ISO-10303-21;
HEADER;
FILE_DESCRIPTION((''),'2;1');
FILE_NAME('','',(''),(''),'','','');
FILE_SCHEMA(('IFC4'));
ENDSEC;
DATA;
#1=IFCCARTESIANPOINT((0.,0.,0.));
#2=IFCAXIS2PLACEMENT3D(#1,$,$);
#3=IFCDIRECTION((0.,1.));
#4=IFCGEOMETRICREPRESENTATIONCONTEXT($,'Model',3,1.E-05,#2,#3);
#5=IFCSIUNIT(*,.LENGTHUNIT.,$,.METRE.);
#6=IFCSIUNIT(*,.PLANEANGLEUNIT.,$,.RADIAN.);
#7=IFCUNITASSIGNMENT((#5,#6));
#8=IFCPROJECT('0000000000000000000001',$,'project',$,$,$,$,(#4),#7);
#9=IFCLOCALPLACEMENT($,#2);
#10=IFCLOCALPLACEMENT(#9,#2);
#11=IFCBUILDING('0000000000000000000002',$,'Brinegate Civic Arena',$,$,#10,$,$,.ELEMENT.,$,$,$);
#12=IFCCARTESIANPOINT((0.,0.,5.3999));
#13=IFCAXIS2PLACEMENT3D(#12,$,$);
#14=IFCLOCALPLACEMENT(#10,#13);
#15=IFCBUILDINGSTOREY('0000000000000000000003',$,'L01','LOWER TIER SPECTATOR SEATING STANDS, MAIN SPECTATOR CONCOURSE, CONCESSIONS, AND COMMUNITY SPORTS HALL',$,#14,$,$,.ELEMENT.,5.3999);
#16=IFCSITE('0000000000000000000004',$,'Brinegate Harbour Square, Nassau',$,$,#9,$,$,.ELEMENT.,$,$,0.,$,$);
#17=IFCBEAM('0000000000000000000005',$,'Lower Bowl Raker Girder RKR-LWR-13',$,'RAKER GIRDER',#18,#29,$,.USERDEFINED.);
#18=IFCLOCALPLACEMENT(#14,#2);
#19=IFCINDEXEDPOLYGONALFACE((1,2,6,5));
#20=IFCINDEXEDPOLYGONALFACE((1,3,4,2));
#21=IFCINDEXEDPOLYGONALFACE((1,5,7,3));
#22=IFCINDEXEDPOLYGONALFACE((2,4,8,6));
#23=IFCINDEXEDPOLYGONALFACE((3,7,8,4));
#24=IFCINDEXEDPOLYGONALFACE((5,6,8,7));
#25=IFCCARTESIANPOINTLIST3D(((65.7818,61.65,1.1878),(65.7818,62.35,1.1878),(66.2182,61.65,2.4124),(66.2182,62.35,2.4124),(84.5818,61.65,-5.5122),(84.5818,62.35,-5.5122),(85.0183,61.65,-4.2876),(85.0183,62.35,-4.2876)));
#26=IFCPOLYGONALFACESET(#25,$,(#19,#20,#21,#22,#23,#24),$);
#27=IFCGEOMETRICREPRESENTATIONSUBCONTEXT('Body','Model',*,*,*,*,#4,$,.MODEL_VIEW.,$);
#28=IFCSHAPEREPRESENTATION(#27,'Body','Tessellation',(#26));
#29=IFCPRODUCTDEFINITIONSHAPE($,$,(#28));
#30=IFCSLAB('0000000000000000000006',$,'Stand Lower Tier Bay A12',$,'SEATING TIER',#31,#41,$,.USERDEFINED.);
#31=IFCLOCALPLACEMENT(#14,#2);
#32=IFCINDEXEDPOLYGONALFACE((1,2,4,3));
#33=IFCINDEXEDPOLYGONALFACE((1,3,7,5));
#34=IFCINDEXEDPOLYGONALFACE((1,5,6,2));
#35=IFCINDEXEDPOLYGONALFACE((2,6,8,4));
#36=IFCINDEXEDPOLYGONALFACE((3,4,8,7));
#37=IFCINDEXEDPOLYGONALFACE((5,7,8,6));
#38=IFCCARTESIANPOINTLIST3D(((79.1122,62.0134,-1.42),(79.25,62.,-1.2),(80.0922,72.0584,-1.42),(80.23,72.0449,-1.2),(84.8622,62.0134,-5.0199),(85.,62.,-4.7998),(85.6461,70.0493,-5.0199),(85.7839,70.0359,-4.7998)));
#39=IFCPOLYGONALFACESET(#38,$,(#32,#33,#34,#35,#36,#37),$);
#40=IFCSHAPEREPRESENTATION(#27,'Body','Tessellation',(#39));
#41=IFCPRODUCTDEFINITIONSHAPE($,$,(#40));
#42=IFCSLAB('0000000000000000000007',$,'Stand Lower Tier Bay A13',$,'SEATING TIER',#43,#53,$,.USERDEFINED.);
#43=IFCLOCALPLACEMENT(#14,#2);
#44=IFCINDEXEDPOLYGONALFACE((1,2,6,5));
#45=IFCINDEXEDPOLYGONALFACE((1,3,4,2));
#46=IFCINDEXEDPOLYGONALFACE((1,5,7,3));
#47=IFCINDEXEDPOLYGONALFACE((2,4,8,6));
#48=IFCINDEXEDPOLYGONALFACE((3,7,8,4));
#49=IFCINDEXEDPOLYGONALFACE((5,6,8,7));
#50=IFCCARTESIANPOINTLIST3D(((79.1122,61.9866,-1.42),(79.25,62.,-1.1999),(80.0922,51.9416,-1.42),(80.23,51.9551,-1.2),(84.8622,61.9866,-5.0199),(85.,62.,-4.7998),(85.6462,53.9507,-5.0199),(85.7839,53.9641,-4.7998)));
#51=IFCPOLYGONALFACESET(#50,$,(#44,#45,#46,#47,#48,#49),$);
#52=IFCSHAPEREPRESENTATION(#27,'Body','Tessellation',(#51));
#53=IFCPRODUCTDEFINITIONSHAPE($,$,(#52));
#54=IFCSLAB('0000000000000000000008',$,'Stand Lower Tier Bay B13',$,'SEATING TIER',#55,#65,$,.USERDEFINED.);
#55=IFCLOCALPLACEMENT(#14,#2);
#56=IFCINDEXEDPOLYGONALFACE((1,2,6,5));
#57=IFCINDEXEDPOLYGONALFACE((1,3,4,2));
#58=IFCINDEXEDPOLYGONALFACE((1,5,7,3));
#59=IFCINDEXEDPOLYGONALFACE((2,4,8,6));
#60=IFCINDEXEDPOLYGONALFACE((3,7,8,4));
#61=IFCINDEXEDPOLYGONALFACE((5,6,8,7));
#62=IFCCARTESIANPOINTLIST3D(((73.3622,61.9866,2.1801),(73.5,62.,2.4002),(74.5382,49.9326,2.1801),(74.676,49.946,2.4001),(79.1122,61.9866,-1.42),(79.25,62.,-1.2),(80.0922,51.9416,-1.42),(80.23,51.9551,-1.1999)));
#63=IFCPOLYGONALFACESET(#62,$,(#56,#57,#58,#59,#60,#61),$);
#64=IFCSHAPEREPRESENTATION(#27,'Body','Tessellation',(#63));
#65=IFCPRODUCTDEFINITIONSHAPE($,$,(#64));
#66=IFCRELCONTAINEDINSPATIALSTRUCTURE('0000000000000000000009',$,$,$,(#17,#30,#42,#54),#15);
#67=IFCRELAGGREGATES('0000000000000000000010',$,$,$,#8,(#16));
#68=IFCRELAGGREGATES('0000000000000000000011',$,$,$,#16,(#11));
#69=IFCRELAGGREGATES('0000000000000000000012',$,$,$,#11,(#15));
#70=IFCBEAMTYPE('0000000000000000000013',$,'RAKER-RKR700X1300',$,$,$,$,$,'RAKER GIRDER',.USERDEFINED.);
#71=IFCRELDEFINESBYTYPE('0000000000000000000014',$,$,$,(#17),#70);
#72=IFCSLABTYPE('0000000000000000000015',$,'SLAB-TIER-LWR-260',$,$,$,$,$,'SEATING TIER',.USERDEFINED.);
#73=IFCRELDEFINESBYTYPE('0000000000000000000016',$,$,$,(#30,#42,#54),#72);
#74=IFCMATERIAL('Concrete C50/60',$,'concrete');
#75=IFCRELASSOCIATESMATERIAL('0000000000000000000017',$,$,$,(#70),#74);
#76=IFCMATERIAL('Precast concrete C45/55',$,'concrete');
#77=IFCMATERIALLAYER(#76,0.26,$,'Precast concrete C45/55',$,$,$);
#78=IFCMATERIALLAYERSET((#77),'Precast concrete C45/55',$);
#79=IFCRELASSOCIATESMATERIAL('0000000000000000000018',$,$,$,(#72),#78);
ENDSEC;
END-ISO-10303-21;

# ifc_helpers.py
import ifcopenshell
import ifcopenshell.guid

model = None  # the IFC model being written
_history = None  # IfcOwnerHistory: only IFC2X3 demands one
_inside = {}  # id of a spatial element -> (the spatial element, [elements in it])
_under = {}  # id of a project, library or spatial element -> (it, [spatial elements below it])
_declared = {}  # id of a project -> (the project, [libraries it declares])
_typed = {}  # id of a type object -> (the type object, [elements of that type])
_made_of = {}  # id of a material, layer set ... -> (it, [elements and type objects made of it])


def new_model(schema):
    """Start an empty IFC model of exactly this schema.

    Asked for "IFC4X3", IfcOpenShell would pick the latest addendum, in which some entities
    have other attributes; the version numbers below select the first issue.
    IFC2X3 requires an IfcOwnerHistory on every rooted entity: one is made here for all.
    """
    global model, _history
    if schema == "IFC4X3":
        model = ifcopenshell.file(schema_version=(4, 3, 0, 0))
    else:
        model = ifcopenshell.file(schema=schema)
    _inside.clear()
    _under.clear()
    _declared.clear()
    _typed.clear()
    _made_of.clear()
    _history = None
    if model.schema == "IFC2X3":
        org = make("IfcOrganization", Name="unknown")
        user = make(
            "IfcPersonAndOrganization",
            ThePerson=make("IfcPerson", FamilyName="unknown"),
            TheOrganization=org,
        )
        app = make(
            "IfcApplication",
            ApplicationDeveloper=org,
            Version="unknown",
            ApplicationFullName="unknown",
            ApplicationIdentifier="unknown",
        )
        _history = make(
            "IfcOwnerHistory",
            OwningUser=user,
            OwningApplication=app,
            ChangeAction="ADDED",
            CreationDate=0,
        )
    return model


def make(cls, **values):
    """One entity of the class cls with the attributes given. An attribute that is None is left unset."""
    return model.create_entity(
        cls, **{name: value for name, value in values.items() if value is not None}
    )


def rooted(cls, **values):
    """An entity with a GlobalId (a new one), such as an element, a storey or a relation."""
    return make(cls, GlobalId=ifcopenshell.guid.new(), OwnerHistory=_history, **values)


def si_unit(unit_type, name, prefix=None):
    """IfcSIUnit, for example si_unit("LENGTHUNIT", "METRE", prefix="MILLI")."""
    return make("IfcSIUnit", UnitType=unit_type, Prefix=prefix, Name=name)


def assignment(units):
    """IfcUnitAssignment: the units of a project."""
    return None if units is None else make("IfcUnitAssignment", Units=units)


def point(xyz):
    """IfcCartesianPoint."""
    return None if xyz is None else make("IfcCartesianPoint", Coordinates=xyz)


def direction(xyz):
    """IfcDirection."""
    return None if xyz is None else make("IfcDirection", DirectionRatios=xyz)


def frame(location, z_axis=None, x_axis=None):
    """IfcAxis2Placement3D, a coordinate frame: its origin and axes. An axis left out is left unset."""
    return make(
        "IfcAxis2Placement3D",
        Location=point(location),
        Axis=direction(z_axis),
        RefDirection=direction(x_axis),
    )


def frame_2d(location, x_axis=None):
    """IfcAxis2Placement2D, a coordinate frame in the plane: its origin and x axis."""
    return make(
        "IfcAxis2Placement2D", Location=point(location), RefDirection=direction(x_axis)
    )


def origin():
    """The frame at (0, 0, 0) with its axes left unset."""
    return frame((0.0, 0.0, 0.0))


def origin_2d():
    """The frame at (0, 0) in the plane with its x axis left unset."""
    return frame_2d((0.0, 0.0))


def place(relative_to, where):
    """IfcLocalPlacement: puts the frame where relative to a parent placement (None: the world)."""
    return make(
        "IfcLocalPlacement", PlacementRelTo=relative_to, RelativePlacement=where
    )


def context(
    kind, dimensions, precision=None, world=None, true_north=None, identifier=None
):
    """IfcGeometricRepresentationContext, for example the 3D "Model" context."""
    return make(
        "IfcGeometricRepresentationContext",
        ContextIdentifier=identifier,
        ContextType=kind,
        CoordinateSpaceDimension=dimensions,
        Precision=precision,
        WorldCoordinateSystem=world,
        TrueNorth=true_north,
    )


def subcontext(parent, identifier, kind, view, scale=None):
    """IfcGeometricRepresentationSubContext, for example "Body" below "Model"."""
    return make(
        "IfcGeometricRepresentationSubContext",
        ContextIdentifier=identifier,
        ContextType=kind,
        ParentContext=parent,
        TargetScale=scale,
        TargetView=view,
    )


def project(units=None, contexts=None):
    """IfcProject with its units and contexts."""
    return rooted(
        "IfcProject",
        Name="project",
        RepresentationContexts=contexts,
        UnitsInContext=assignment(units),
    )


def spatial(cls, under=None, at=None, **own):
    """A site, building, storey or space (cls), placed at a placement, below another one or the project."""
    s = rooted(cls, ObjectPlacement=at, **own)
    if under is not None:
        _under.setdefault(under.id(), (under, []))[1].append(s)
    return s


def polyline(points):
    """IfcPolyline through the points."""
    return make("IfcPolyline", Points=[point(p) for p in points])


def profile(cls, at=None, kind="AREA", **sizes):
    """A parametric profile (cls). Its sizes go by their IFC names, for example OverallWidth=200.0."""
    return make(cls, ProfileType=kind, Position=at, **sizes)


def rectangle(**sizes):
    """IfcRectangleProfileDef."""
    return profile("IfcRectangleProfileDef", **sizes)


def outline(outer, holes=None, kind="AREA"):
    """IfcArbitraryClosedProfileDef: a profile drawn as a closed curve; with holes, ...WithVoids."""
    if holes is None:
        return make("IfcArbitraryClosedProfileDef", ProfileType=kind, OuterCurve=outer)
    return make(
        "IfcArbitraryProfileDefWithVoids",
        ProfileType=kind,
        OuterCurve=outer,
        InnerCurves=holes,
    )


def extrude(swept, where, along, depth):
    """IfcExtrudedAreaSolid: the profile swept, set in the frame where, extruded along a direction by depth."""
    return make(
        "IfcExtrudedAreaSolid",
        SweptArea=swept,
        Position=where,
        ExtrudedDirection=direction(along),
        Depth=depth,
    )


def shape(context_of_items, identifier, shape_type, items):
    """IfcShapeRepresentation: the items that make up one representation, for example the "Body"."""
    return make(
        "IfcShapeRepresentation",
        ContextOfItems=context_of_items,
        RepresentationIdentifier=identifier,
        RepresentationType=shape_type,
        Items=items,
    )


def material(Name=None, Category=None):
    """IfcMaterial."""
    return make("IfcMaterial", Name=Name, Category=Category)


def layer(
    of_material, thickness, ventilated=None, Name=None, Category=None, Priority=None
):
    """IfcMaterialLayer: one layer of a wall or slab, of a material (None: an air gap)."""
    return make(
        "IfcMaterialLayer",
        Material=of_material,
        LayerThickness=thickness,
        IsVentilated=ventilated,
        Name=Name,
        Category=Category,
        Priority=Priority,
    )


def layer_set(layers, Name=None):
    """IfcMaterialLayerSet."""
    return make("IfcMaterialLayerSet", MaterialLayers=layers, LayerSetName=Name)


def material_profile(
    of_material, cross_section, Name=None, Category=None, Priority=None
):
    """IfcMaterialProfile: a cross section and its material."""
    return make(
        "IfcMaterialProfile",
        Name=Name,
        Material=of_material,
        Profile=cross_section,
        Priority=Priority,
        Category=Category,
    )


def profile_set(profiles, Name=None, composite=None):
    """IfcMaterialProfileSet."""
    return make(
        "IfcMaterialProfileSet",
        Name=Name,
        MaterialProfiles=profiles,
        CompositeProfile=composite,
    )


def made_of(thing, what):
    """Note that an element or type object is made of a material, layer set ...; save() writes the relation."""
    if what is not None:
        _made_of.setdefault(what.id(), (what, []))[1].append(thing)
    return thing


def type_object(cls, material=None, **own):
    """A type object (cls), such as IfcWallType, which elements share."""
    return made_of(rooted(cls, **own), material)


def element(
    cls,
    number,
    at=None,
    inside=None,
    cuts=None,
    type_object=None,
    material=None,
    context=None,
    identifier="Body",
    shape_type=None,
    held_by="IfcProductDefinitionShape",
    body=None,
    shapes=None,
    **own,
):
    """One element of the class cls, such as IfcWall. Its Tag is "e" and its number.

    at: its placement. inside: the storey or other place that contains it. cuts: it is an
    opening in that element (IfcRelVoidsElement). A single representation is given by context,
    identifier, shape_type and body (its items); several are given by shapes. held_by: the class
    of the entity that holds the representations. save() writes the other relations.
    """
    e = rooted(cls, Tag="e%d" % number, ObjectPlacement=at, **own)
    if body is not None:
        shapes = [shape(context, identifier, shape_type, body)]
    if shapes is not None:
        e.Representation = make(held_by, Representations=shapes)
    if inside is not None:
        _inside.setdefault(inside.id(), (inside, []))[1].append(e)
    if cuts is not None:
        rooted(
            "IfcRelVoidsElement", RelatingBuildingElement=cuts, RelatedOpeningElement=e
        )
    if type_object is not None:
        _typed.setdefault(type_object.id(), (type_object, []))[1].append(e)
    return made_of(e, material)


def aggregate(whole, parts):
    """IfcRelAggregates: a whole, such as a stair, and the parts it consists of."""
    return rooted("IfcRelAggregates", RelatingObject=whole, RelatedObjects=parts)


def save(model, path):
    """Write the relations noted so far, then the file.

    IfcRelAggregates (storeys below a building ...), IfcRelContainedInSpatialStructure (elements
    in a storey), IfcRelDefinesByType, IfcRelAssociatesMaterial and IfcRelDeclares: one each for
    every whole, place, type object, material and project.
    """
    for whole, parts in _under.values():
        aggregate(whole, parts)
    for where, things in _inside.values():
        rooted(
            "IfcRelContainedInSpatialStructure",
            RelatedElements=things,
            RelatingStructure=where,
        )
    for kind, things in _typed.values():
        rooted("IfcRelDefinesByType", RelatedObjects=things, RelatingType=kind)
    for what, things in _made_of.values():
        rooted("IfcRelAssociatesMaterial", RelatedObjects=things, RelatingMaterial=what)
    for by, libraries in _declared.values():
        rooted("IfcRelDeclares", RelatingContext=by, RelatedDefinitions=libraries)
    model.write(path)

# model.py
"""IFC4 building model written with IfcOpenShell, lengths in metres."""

from ifc_helpers import new_model, si_unit, direction, frame, origin, origin_2d, place, context, subcontext, project, spatial, polyline, rectangle, outline, extrude, material, layer, layer_set, material_profile, profile_set, type_object, element, save


model = new_model("IFC4")

# Units and contexts
model_context = context("Model", 3, precision=1e-05, world=origin(), true_north=direction((0.0, 1.0)))
body_context = subcontext(model_context, "Body", "Model", "MODEL_VIEW")
ifc_project = project(units=[si_unit("LENGTHUNIT", "METRE"), si_unit("PLANEANGLEUNIT", "RADIAN")], contexts=[model_context])

# Site, building, storey
site_placement = place(None, origin())
site = spatial("IfcSite", under=ifc_project, at=site_placement, Name="Brinegate Harbour Square, Nassau", CompositionType="ELEMENT", RefElevation=0.0)
building_placement = place(site_placement, origin())
building = spatial("IfcBuilding", under=site, at=building_placement, Name="Brinegate Civic Arena", CompositionType="ELEMENT")
storey_placement = place(building_placement, frame((0.0, 0.0, 5.3999)))
storey = spatial("IfcBuildingStorey", under=building, at=storey_placement, Name="L01", Description="LOWER TIER SPECTATOR SEATING STANDS, MAIN SPECTATOR CONCOURSE, CONCESSIONS, AND COMMUNITY SPORTS HALL", CompositionType="ELEMENT", Elevation=5.3999)

# Shared definitions
ifc_material_1 = material(Name="Concrete C50/60", Category="concrete")

# Beam
ifc_material_profile_1 = material_profile(ifc_material_1, rectangle(XDim=0.7, YDim=1.3, at=origin_2d()), Name="RKR700X1300")
ifc_profile_set_1 = profile_set([ifc_material_profile_1], Name="Concrete C50/60")
beam_type_1 = type_object("IfcBeamType", Name="RAKER-RKR700X1300", ElementType="RAKER GIRDER", PredefinedType="USERDEFINED", material=ifc_profile_set_1)
beam_1_placement = place(storey_placement, frame((84.8, 62.0, -4.8999), z_axis=(-0.941969, 0.0, 0.335699), x_axis=(0.0, -1.0, 0.0)))
element("IfcBeam", 1, at=beam_1_placement, inside=storey, type_object=beam_type_1, Name="Lower Bowl Raker Girder RKR-LWR-13", ObjectType="RAKER GIRDER", PredefinedType="USERDEFINED", context=body_context, shape_type="SweptSolid", body=[
    extrude(rectangle(XDim=0.7, YDim=1.3, at=origin_2d()), origin(), (0.0, 0.0, 1.0), 19.9583),
])

# Slabs
ifc_material_2 = material(Name="Precast concrete C45/55", Category="concrete")
ifc_layer = layer(ifc_material_2, 0.26, Name="Precast concrete C45/55")
ifc_layer_set = layer_set([ifc_layer], Name="Precast concrete C45/55")
slab_type = type_object("IfcSlabType", Name="SLAB-TIER-LWR-260", ElementType="SEATING TIER", PredefinedType="USERDEFINED", material=ifc_layer_set)
slab_1_placement = place(storey_placement, frame((85.7839, 70.0359, -4.7998), z_axis=(0.529938, -0.051699, 0.846459), x_axis=(-0.097094, -0.995275, -0.000001)))
element("IfcSlab", 2, at=slab_1_placement, inside=storey, type_object=slab_type, Name="Stand Lower Tier Bay A12", ObjectType="SEATING TIER", PredefinedType="USERDEFINED", context=body_context, shape_type="SweptSolid", body=[
    extrude(outline(polyline([(0.0, 0.0), (8.074, 0.0), (8.6323, -6.7609), (-1.4603, -6.7609), (0.0, 0.0)])), origin(), (0.0, 0.0, -1.0), 0.26),
])
slab_2_placement = place(storey_placement, frame((85.0, 62.0, -4.7998), z_axis=(0.529938, 0.051699, 0.846459), x_axis=(0.097094, -0.995275, 0.000001)))
element("IfcSlab", 3, at=slab_2_placement, inside=storey, type_object=slab_type, Name="Stand Lower Tier Bay A13", ObjectType="SEATING TIER", PredefinedType="USERDEFINED", context=body_context, shape_type="SweptSolid", body=[
    extrude(outline(polyline([(0.0, 0.0), (8.074, 0.0), (9.5343, -6.7609), (-0.5583, -6.7609), (0.0, 0.0)])), origin(), (0.0, 0.0, -1.0), 0.26),
])
slab_3_placement = place(storey_placement, frame((79.25, 62.0, -1.2), z_axis=(0.529963, 0.051704, 0.846443), x_axis=(0.097099, -0.995275, 0.000001)))
element("IfcSlab", 4, at=slab_3_placement, inside=storey, type_object=slab_type, Name="Stand Lower Tier Bay B13", ObjectType="SEATING TIER", PredefinedType="USERDEFINED", context=body_context, shape_type="SweptSolid", body=[
    extrude(outline(polyline([(0.0, 0.0), (10.0926, 0.0), (11.5529, -6.761), (-0.5583, -6.761), (0.0, 0.0)])), origin(), (0.0, 0.0, -1.0), 0.26),
])

save(model, "model.ifc")
